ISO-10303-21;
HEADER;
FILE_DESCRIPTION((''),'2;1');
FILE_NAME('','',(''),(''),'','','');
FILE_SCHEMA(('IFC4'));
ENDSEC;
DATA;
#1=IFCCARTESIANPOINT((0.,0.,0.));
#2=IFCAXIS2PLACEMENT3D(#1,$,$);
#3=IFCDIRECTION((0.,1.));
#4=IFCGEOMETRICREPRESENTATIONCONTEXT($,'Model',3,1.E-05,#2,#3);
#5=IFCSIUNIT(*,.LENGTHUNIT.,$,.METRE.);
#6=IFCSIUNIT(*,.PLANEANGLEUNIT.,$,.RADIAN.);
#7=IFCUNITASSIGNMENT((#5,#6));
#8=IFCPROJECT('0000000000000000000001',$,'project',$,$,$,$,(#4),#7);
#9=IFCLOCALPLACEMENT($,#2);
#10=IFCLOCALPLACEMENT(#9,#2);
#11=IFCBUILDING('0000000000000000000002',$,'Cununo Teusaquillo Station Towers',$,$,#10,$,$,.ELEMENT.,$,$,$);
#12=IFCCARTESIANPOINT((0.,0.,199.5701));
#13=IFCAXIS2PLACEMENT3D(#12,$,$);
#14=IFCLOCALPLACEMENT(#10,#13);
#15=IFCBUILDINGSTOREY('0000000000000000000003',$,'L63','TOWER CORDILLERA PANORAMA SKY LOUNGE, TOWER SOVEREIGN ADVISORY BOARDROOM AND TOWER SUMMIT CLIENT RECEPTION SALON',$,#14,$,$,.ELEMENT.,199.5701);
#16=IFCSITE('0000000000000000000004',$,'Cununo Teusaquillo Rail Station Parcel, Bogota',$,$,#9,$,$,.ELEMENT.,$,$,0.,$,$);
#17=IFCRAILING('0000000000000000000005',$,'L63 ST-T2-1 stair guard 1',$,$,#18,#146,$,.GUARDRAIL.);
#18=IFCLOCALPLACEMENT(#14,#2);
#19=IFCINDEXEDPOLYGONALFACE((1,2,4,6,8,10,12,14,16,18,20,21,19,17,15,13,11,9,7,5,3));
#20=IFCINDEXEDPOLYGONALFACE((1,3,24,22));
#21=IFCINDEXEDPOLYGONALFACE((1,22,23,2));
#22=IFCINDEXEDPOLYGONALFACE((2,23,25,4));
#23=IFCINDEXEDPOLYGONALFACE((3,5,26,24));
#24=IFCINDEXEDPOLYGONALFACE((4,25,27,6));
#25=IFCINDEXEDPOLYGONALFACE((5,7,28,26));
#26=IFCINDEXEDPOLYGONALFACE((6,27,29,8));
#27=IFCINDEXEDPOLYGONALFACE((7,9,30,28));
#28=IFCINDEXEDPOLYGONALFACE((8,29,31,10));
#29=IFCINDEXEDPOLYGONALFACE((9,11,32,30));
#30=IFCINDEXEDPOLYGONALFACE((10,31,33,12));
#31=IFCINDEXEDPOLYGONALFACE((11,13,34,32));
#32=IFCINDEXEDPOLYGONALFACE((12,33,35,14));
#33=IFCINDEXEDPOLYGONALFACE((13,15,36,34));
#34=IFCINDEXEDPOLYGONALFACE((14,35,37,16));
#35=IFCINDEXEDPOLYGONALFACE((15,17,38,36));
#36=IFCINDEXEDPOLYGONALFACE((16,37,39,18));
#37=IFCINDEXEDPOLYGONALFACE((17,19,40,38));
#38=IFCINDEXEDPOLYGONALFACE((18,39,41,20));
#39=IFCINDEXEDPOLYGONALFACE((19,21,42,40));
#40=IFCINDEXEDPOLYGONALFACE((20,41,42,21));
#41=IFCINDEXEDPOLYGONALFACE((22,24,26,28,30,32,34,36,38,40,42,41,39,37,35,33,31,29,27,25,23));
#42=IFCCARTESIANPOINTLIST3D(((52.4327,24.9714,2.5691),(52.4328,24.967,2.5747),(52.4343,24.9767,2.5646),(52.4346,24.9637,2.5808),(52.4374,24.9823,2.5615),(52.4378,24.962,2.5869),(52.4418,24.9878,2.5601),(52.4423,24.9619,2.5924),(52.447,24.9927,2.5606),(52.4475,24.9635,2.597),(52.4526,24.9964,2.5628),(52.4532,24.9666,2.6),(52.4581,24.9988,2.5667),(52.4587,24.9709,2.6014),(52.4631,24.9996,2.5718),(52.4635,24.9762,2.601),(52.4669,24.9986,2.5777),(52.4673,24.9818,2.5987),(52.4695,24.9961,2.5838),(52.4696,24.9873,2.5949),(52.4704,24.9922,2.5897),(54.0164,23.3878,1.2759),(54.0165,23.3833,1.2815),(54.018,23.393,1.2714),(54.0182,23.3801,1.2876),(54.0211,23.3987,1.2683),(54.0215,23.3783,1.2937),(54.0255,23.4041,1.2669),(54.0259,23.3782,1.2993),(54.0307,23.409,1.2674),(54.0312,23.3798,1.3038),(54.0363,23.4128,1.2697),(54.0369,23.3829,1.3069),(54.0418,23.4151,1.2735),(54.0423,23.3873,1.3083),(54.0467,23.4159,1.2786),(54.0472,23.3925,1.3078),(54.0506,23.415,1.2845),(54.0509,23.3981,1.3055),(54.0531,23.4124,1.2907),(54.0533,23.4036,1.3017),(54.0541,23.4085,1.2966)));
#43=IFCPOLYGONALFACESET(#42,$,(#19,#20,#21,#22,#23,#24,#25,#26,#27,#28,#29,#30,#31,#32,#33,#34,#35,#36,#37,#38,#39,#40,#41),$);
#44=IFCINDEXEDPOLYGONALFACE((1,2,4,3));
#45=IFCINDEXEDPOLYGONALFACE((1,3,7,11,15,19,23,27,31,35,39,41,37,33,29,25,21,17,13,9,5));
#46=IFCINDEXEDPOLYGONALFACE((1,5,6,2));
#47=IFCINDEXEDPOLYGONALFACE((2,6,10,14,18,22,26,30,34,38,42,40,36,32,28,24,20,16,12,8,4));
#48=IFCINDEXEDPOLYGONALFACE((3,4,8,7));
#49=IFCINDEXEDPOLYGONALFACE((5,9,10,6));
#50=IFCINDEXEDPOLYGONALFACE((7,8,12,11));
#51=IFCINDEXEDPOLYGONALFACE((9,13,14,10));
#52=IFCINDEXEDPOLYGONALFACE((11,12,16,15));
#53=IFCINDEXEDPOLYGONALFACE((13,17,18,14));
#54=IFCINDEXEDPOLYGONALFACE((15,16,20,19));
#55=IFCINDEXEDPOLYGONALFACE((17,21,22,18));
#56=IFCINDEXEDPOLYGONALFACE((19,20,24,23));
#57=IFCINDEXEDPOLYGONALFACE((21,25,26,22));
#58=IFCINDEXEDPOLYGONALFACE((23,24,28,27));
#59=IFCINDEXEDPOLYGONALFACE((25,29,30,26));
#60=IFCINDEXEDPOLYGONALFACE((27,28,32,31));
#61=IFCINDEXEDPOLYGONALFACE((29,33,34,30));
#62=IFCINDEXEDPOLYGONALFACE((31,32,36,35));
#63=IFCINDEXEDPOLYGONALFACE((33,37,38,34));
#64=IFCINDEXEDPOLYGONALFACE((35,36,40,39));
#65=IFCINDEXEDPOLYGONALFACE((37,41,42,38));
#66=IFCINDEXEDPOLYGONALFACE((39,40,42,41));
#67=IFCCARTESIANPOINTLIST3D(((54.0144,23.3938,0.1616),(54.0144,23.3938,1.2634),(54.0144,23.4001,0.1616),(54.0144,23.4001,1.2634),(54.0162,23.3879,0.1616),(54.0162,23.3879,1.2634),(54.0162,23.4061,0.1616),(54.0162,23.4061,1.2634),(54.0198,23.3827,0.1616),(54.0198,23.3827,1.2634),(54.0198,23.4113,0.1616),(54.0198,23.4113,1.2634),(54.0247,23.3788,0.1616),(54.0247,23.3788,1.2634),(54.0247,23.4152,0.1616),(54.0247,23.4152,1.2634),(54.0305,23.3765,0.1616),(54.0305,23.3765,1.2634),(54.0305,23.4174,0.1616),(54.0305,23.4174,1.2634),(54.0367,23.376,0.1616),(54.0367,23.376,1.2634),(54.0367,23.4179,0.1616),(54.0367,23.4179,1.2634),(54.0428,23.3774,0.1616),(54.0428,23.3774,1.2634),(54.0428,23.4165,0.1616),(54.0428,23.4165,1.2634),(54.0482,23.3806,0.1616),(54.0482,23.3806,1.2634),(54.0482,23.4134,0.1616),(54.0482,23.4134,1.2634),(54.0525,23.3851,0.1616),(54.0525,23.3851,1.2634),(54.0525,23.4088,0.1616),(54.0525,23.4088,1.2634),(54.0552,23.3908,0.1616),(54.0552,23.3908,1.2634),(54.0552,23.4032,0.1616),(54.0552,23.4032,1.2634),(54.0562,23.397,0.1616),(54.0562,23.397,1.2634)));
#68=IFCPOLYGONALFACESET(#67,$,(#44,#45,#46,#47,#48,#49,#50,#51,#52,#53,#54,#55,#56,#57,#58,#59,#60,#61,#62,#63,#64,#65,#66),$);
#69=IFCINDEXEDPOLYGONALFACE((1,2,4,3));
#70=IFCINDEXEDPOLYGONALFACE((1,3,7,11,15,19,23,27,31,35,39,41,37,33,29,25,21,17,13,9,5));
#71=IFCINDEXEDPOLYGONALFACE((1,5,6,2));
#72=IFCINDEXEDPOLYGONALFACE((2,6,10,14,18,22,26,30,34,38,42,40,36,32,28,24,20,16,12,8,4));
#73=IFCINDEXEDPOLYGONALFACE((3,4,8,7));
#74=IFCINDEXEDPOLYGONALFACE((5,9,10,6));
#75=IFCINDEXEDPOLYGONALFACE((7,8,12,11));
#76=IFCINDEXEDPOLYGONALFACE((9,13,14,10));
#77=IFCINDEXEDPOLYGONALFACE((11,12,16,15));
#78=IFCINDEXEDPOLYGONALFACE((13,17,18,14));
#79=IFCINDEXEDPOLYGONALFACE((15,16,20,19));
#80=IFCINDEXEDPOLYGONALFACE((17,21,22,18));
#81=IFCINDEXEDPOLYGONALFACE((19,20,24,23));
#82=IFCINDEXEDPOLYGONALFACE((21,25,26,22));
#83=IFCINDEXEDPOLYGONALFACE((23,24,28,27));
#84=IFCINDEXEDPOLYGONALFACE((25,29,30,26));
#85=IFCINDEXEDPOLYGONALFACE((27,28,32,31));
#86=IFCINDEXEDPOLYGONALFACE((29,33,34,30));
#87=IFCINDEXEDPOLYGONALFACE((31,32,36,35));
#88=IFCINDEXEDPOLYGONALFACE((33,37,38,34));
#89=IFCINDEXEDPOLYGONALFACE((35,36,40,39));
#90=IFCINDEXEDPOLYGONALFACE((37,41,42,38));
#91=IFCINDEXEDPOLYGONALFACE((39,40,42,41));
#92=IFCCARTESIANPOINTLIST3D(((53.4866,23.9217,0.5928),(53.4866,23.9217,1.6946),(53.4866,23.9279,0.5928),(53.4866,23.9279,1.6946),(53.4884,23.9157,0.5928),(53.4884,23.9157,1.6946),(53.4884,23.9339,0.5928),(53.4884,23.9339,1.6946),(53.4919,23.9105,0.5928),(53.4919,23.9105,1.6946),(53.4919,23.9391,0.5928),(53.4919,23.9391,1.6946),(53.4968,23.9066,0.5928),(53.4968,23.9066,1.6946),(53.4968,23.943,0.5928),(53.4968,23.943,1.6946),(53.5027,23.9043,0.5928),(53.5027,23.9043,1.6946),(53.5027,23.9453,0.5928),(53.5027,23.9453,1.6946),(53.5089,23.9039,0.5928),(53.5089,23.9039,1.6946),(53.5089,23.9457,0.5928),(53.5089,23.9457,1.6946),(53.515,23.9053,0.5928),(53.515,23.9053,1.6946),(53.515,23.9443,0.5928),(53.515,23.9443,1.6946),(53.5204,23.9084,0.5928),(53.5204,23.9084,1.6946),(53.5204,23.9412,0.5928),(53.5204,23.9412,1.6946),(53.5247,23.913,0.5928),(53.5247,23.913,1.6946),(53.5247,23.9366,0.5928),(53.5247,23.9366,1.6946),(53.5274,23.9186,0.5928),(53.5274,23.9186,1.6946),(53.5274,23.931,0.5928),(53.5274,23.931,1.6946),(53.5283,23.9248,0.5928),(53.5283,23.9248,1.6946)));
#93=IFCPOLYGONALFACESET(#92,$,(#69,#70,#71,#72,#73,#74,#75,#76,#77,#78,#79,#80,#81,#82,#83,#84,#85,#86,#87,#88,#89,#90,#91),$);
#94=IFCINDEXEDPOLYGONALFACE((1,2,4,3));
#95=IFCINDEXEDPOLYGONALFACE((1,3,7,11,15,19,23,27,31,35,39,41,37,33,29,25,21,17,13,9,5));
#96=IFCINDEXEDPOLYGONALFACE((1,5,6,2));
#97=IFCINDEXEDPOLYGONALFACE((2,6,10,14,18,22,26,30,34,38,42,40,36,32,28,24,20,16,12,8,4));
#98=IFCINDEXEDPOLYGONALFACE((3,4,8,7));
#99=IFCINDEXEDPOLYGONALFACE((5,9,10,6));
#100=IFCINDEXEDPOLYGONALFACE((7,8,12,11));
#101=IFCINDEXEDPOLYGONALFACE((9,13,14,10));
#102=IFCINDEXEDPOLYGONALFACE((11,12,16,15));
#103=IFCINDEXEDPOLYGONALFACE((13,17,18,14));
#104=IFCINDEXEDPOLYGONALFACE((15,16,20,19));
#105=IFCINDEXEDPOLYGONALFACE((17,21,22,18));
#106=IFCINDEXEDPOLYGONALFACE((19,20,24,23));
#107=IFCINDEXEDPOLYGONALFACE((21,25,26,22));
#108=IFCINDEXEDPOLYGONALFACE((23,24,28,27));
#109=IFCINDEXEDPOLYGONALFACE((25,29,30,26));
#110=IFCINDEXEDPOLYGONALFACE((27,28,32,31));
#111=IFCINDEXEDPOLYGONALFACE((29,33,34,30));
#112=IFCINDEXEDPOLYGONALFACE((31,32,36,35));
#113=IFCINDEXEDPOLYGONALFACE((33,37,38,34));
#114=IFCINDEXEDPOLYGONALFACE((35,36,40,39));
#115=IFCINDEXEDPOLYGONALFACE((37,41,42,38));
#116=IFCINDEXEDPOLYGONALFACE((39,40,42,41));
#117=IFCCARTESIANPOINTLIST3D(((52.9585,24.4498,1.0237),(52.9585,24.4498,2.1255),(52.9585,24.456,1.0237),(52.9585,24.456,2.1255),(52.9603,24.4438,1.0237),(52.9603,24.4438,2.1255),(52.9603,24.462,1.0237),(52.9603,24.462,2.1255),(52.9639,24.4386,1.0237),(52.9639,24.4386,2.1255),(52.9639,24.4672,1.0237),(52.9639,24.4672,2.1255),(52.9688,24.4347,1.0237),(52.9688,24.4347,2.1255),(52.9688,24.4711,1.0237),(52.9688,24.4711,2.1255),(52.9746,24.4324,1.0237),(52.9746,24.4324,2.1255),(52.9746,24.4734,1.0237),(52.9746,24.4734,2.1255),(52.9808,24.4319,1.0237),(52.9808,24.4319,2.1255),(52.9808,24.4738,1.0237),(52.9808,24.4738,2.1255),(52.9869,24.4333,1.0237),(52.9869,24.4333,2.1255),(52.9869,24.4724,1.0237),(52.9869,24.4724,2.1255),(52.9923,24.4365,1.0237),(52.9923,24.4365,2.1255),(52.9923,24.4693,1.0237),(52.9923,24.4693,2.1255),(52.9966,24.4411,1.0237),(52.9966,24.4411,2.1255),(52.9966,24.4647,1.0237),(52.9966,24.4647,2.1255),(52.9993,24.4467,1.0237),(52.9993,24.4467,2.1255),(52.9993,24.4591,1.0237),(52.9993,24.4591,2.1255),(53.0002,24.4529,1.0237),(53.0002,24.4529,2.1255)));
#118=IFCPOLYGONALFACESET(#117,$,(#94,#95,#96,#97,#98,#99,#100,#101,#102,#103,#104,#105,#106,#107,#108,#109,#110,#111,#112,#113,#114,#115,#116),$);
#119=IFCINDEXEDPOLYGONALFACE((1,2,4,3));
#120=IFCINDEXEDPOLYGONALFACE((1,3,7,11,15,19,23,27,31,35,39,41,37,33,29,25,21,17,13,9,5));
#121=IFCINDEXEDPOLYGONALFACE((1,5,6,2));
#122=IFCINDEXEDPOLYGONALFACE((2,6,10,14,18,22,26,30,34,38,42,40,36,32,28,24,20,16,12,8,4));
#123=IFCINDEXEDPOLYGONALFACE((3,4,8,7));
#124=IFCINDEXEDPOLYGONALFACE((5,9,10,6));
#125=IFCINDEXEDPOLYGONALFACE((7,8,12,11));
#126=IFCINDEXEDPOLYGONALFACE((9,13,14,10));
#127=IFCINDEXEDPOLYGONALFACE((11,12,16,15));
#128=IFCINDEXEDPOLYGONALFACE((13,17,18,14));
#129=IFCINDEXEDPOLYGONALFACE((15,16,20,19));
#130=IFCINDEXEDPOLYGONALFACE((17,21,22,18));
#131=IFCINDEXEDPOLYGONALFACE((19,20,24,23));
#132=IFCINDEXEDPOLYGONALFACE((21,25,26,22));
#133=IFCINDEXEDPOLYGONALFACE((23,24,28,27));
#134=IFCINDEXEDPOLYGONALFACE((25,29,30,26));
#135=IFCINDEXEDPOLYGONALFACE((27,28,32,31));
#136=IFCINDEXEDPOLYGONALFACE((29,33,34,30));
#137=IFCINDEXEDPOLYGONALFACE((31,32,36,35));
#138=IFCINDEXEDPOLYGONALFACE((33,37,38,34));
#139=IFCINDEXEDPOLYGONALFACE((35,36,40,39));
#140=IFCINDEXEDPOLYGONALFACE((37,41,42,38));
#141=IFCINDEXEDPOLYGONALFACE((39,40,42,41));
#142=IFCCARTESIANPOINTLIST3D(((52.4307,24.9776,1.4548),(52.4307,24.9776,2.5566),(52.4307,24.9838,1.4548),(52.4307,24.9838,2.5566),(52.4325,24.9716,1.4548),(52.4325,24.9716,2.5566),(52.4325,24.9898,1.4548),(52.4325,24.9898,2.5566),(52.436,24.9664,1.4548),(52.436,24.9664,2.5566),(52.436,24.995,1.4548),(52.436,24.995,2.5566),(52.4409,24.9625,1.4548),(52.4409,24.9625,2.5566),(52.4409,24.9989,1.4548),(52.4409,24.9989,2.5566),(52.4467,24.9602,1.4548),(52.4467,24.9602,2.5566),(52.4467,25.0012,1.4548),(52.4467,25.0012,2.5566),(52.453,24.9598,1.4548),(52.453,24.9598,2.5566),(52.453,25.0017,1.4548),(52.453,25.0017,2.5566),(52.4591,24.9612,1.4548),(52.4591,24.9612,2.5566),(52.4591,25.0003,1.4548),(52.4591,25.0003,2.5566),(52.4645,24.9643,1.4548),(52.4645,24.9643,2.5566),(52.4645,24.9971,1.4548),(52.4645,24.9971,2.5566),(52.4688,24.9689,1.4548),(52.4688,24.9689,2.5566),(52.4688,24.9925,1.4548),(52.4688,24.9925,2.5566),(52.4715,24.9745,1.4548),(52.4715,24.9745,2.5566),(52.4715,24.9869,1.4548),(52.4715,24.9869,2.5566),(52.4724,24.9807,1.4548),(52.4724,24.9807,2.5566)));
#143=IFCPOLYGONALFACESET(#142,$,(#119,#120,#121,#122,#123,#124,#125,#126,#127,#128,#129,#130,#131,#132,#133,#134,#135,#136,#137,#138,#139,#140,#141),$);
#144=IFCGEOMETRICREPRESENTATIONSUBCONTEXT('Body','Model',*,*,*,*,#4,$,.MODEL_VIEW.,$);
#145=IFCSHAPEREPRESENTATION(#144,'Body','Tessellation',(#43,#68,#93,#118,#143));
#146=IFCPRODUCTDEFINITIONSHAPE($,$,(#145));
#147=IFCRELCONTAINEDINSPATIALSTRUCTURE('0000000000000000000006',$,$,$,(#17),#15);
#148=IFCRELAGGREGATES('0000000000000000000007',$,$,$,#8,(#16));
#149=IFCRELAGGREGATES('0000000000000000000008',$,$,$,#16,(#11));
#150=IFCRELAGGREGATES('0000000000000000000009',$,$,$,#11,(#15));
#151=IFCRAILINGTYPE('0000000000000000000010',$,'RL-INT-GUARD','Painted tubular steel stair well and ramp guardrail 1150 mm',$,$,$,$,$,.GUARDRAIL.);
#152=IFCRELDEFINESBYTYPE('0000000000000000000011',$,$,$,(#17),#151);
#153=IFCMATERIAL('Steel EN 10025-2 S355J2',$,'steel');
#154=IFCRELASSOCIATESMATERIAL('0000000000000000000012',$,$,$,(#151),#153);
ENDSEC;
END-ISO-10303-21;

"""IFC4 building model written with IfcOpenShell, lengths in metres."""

from ifc_helpers import new_model, si_unit, direction, frame, origin, origin_2d, place, context, subcontext, project, spatial, circle, extrude, material, type_object, element, save


model = new_model("IFC4")

# Units and contexts
model_context = context("Model", 3, precision=1e-05, world=origin(), true_north=direction((0.0, 1.0)))
body_context = subcontext(model_context, "Body", "Model", "MODEL_VIEW")
ifc_project = project(units=[si_unit("LENGTHUNIT", "METRE"), si_unit("PLANEANGLEUNIT", "RADIAN")], contexts=[model_context])

# Site, building, storey
site_placement = place(None, origin())
site = spatial("IfcSite", under=ifc_project, at=site_placement, Name="Cununo Teusaquillo Rail Station Parcel, Bogota", CompositionType="ELEMENT", RefElevation=0.0)
building_placement = place(site_placement, origin())
building = spatial("IfcBuilding", under=site, at=building_placement, Name="Cununo Teusaquillo Station Towers", CompositionType="ELEMENT")
storey_placement = place(building_placement, frame((0.0, 0.0, 199.5701)))
storey = spatial("IfcBuildingStorey", under=building, at=storey_placement, Name="L63", Description="TOWER CORDILLERA PANORAMA SKY LOUNGE, TOWER SOVEREIGN ADVISORY BOARDROOM AND TOWER SUMMIT CLIENT RECEPTION SALON", CompositionType="ELEMENT", Elevation=199.5701)

# Railing
ifc_material_1 = material(Name="Steel EN 10025-2 S355J2", Category="steel")
railing_type_1 = type_object("IfcRailingType", Name="RL-INT-GUARD", Description="Painted tubular steel stair well and ramp guardrail 1150 mm", PredefinedType="GUARDRAIL", material=ifc_material_1)
railing_1_placement = place(storey_placement, frame((54.0352, 23.397, 0.1616)))
element("IfcRailing", 1, at=railing_1_placement, inside=storey, type_object=railing_type_1, Name="L63 ST-T2-1 stair guard 1", PredefinedType="GUARDRAIL", context=body_context, shape_type="SweptSolid", body=[
    extrude(circle(Radius=0.0239, at=origin_2d()), frame((0.0, 0.0, 1.126), z_axis=(-0.612361, 0.612361, 0.500027), x_axis=(-0.707107, -0.707107, 0.0)), (0.0, 0.0, 1.0), 2.5862),
    extrude(circle(Radius=0.021, at=origin_2d()), origin(), (0.0, 0.0, 1.0), 1.1018),
    extrude(circle(Radius=0.021, at=origin_2d()), frame((-0.5278, 0.5278, 0.4312)), (0.0, 0.0, 1.0), 1.1018),
    extrude(circle(Radius=0.021, at=origin_2d()), frame((-1.0559, 1.0559, 0.8621)), (0.0, 0.0, 1.0), 1.1018),
    extrude(circle(Radius=0.021, at=origin_2d()), frame((-1.5837, 1.5837, 1.2932)), (0.0, 0.0, 1.0), 1.1018),
])

save(model, "model.ifc")
